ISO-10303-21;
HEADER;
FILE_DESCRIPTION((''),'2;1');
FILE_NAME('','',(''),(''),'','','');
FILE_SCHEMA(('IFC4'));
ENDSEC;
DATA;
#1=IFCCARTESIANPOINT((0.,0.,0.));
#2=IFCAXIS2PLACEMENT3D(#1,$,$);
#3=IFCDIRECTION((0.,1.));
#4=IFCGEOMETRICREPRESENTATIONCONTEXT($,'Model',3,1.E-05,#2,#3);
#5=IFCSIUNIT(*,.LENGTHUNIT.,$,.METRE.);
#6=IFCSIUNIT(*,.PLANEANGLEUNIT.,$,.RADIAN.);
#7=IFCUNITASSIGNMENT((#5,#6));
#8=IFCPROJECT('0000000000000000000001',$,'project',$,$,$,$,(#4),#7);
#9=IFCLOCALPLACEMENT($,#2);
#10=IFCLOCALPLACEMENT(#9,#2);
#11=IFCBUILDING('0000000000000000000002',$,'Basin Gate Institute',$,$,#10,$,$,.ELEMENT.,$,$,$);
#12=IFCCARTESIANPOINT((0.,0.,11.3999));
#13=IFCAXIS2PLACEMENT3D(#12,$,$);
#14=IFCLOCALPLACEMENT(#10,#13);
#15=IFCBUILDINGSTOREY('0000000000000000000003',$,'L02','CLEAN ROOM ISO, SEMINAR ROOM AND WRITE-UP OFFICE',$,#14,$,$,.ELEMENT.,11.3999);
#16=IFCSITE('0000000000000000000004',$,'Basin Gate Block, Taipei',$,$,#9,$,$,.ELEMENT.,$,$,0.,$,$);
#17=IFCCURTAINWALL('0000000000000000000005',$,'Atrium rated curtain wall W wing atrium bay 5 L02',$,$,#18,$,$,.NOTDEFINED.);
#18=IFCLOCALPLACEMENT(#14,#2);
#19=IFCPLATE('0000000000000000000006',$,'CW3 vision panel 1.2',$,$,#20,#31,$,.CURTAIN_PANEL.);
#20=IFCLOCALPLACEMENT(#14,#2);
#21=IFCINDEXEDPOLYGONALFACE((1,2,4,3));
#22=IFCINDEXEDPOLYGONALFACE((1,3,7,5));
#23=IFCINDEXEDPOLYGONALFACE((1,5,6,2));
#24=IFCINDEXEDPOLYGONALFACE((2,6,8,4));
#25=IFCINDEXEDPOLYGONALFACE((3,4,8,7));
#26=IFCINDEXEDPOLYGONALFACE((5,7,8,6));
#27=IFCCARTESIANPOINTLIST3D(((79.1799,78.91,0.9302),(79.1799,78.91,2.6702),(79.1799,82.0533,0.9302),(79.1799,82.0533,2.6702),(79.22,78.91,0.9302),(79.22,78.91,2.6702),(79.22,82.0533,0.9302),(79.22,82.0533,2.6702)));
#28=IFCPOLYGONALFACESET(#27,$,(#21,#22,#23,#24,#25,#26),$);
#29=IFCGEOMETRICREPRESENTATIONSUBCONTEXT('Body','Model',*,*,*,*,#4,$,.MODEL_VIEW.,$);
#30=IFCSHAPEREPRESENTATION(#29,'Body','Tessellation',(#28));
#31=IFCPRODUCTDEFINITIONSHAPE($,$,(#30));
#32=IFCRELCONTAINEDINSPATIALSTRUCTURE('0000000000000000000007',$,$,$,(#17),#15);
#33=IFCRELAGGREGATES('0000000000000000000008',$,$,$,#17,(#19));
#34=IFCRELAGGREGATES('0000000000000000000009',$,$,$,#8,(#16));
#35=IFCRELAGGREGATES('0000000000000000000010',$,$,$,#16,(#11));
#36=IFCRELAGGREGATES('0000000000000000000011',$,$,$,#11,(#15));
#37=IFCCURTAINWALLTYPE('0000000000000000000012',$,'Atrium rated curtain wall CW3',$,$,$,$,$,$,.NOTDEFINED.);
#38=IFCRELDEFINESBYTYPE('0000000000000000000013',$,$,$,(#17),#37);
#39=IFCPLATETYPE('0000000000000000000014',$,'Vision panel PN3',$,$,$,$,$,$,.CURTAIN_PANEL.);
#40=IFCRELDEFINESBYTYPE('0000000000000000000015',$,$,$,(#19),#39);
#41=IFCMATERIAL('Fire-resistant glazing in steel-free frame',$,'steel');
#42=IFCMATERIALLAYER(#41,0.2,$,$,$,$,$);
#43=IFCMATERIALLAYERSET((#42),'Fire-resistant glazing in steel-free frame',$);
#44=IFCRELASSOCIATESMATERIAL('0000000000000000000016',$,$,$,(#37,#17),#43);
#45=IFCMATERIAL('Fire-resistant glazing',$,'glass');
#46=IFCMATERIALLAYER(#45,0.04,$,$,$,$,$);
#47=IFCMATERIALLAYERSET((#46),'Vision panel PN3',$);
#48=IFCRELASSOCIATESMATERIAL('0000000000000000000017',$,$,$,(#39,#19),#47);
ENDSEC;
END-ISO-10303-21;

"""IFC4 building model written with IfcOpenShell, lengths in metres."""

from ifc_helpers import new_model, si_unit, direction, frame, origin, origin_2d, place, context, subcontext, project, spatial, rectangle, extrude, material, layer, layer_set, type_object, element, aggregate, save


model = new_model("IFC4")

# Units and contexts
model_context = context("Model", 3, precision=1e-05, world=origin(), true_north=direction((0.0, 1.0)))
body_context = subcontext(model_context, "Body", "Model", "MODEL_VIEW")
ifc_project = project(units=[si_unit("LENGTHUNIT", "METRE"), si_unit("PLANEANGLEUNIT", "RADIAN")], contexts=[model_context])

# Site, building, storey
site_placement = place(None, origin())
site = spatial("IfcSite", under=ifc_project, at=site_placement, Name="Basin Gate Block, Taipei", CompositionType="ELEMENT", RefElevation=0.0)
building_placement = place(site_placement, origin())
building = spatial("IfcBuilding", under=site, at=building_placement, Name="Basin Gate Institute", CompositionType="ELEMENT")
storey_placement = place(building_placement, frame((0.0, 0.0, 11.3999)))
storey = spatial("IfcBuildingStorey", under=building, at=storey_placement, Name="L02", Description="CLEAN ROOM ISO, SEMINAR ROOM AND WRITE-UP OFFICE", CompositionType="ELEMENT", Elevation=11.3999)

# Curtain wall
ifc_material_1 = material(Name="Fire-resistant glazing in steel-free frame", Category="steel")
ifc_layer_1 = layer(ifc_material_1, 0.2)
ifc_layer_set_1 = layer_set([ifc_layer_1], Name="Fire-resistant glazing in steel-free frame")
curtain_wall_type = type_object("IfcCurtainWallType", Name="Atrium rated curtain wall CW3", PredefinedType="NOTDEFINED", material=ifc_layer_set_1)
curtain_wall_1_placement = place(storey_placement, origin())
curtain_wall_1 = element("IfcCurtainWall", 1, at=curtain_wall_1_placement, inside=storey, type_object=curtain_wall_type, material=ifc_layer_set_1, Name="Atrium rated curtain wall W wing atrium bay 5 L02", PredefinedType="NOTDEFINED")

# Plate
ifc_material_2 = material(Name="Fire-resistant glazing", Category="glass")
ifc_layer_2 = layer(ifc_material_2, 0.04)
ifc_layer_set_2 = layer_set([ifc_layer_2], Name="Vision panel PN3")
plate_type_1 = type_object("IfcPlateType", Name="Vision panel PN3", PredefinedType="CURTAIN_PANEL", material=ifc_layer_set_2)
plate_1_placement = place(storey_placement, frame((79.2, 80.4817, 0.9302), z_axis=(0.0, 0.0, 1.0), x_axis=(0.0, 1.0, 0.0)))
plate_1 = element("IfcPlate", 2, at=plate_1_placement, type_object=plate_type_1, material=ifc_layer_set_2, Name="CW3 vision panel 1.2", PredefinedType="CURTAIN_PANEL", context=body_context, shape_type="SweptSolid", body=[
    extrude(rectangle(XDim=3.1433, YDim=0.04, at=origin_2d()), origin(), (0.0, 0.0, 1.0), 1.74),
])
aggregate(curtain_wall_1, [plate_1])

save(model, "model.ifc")
